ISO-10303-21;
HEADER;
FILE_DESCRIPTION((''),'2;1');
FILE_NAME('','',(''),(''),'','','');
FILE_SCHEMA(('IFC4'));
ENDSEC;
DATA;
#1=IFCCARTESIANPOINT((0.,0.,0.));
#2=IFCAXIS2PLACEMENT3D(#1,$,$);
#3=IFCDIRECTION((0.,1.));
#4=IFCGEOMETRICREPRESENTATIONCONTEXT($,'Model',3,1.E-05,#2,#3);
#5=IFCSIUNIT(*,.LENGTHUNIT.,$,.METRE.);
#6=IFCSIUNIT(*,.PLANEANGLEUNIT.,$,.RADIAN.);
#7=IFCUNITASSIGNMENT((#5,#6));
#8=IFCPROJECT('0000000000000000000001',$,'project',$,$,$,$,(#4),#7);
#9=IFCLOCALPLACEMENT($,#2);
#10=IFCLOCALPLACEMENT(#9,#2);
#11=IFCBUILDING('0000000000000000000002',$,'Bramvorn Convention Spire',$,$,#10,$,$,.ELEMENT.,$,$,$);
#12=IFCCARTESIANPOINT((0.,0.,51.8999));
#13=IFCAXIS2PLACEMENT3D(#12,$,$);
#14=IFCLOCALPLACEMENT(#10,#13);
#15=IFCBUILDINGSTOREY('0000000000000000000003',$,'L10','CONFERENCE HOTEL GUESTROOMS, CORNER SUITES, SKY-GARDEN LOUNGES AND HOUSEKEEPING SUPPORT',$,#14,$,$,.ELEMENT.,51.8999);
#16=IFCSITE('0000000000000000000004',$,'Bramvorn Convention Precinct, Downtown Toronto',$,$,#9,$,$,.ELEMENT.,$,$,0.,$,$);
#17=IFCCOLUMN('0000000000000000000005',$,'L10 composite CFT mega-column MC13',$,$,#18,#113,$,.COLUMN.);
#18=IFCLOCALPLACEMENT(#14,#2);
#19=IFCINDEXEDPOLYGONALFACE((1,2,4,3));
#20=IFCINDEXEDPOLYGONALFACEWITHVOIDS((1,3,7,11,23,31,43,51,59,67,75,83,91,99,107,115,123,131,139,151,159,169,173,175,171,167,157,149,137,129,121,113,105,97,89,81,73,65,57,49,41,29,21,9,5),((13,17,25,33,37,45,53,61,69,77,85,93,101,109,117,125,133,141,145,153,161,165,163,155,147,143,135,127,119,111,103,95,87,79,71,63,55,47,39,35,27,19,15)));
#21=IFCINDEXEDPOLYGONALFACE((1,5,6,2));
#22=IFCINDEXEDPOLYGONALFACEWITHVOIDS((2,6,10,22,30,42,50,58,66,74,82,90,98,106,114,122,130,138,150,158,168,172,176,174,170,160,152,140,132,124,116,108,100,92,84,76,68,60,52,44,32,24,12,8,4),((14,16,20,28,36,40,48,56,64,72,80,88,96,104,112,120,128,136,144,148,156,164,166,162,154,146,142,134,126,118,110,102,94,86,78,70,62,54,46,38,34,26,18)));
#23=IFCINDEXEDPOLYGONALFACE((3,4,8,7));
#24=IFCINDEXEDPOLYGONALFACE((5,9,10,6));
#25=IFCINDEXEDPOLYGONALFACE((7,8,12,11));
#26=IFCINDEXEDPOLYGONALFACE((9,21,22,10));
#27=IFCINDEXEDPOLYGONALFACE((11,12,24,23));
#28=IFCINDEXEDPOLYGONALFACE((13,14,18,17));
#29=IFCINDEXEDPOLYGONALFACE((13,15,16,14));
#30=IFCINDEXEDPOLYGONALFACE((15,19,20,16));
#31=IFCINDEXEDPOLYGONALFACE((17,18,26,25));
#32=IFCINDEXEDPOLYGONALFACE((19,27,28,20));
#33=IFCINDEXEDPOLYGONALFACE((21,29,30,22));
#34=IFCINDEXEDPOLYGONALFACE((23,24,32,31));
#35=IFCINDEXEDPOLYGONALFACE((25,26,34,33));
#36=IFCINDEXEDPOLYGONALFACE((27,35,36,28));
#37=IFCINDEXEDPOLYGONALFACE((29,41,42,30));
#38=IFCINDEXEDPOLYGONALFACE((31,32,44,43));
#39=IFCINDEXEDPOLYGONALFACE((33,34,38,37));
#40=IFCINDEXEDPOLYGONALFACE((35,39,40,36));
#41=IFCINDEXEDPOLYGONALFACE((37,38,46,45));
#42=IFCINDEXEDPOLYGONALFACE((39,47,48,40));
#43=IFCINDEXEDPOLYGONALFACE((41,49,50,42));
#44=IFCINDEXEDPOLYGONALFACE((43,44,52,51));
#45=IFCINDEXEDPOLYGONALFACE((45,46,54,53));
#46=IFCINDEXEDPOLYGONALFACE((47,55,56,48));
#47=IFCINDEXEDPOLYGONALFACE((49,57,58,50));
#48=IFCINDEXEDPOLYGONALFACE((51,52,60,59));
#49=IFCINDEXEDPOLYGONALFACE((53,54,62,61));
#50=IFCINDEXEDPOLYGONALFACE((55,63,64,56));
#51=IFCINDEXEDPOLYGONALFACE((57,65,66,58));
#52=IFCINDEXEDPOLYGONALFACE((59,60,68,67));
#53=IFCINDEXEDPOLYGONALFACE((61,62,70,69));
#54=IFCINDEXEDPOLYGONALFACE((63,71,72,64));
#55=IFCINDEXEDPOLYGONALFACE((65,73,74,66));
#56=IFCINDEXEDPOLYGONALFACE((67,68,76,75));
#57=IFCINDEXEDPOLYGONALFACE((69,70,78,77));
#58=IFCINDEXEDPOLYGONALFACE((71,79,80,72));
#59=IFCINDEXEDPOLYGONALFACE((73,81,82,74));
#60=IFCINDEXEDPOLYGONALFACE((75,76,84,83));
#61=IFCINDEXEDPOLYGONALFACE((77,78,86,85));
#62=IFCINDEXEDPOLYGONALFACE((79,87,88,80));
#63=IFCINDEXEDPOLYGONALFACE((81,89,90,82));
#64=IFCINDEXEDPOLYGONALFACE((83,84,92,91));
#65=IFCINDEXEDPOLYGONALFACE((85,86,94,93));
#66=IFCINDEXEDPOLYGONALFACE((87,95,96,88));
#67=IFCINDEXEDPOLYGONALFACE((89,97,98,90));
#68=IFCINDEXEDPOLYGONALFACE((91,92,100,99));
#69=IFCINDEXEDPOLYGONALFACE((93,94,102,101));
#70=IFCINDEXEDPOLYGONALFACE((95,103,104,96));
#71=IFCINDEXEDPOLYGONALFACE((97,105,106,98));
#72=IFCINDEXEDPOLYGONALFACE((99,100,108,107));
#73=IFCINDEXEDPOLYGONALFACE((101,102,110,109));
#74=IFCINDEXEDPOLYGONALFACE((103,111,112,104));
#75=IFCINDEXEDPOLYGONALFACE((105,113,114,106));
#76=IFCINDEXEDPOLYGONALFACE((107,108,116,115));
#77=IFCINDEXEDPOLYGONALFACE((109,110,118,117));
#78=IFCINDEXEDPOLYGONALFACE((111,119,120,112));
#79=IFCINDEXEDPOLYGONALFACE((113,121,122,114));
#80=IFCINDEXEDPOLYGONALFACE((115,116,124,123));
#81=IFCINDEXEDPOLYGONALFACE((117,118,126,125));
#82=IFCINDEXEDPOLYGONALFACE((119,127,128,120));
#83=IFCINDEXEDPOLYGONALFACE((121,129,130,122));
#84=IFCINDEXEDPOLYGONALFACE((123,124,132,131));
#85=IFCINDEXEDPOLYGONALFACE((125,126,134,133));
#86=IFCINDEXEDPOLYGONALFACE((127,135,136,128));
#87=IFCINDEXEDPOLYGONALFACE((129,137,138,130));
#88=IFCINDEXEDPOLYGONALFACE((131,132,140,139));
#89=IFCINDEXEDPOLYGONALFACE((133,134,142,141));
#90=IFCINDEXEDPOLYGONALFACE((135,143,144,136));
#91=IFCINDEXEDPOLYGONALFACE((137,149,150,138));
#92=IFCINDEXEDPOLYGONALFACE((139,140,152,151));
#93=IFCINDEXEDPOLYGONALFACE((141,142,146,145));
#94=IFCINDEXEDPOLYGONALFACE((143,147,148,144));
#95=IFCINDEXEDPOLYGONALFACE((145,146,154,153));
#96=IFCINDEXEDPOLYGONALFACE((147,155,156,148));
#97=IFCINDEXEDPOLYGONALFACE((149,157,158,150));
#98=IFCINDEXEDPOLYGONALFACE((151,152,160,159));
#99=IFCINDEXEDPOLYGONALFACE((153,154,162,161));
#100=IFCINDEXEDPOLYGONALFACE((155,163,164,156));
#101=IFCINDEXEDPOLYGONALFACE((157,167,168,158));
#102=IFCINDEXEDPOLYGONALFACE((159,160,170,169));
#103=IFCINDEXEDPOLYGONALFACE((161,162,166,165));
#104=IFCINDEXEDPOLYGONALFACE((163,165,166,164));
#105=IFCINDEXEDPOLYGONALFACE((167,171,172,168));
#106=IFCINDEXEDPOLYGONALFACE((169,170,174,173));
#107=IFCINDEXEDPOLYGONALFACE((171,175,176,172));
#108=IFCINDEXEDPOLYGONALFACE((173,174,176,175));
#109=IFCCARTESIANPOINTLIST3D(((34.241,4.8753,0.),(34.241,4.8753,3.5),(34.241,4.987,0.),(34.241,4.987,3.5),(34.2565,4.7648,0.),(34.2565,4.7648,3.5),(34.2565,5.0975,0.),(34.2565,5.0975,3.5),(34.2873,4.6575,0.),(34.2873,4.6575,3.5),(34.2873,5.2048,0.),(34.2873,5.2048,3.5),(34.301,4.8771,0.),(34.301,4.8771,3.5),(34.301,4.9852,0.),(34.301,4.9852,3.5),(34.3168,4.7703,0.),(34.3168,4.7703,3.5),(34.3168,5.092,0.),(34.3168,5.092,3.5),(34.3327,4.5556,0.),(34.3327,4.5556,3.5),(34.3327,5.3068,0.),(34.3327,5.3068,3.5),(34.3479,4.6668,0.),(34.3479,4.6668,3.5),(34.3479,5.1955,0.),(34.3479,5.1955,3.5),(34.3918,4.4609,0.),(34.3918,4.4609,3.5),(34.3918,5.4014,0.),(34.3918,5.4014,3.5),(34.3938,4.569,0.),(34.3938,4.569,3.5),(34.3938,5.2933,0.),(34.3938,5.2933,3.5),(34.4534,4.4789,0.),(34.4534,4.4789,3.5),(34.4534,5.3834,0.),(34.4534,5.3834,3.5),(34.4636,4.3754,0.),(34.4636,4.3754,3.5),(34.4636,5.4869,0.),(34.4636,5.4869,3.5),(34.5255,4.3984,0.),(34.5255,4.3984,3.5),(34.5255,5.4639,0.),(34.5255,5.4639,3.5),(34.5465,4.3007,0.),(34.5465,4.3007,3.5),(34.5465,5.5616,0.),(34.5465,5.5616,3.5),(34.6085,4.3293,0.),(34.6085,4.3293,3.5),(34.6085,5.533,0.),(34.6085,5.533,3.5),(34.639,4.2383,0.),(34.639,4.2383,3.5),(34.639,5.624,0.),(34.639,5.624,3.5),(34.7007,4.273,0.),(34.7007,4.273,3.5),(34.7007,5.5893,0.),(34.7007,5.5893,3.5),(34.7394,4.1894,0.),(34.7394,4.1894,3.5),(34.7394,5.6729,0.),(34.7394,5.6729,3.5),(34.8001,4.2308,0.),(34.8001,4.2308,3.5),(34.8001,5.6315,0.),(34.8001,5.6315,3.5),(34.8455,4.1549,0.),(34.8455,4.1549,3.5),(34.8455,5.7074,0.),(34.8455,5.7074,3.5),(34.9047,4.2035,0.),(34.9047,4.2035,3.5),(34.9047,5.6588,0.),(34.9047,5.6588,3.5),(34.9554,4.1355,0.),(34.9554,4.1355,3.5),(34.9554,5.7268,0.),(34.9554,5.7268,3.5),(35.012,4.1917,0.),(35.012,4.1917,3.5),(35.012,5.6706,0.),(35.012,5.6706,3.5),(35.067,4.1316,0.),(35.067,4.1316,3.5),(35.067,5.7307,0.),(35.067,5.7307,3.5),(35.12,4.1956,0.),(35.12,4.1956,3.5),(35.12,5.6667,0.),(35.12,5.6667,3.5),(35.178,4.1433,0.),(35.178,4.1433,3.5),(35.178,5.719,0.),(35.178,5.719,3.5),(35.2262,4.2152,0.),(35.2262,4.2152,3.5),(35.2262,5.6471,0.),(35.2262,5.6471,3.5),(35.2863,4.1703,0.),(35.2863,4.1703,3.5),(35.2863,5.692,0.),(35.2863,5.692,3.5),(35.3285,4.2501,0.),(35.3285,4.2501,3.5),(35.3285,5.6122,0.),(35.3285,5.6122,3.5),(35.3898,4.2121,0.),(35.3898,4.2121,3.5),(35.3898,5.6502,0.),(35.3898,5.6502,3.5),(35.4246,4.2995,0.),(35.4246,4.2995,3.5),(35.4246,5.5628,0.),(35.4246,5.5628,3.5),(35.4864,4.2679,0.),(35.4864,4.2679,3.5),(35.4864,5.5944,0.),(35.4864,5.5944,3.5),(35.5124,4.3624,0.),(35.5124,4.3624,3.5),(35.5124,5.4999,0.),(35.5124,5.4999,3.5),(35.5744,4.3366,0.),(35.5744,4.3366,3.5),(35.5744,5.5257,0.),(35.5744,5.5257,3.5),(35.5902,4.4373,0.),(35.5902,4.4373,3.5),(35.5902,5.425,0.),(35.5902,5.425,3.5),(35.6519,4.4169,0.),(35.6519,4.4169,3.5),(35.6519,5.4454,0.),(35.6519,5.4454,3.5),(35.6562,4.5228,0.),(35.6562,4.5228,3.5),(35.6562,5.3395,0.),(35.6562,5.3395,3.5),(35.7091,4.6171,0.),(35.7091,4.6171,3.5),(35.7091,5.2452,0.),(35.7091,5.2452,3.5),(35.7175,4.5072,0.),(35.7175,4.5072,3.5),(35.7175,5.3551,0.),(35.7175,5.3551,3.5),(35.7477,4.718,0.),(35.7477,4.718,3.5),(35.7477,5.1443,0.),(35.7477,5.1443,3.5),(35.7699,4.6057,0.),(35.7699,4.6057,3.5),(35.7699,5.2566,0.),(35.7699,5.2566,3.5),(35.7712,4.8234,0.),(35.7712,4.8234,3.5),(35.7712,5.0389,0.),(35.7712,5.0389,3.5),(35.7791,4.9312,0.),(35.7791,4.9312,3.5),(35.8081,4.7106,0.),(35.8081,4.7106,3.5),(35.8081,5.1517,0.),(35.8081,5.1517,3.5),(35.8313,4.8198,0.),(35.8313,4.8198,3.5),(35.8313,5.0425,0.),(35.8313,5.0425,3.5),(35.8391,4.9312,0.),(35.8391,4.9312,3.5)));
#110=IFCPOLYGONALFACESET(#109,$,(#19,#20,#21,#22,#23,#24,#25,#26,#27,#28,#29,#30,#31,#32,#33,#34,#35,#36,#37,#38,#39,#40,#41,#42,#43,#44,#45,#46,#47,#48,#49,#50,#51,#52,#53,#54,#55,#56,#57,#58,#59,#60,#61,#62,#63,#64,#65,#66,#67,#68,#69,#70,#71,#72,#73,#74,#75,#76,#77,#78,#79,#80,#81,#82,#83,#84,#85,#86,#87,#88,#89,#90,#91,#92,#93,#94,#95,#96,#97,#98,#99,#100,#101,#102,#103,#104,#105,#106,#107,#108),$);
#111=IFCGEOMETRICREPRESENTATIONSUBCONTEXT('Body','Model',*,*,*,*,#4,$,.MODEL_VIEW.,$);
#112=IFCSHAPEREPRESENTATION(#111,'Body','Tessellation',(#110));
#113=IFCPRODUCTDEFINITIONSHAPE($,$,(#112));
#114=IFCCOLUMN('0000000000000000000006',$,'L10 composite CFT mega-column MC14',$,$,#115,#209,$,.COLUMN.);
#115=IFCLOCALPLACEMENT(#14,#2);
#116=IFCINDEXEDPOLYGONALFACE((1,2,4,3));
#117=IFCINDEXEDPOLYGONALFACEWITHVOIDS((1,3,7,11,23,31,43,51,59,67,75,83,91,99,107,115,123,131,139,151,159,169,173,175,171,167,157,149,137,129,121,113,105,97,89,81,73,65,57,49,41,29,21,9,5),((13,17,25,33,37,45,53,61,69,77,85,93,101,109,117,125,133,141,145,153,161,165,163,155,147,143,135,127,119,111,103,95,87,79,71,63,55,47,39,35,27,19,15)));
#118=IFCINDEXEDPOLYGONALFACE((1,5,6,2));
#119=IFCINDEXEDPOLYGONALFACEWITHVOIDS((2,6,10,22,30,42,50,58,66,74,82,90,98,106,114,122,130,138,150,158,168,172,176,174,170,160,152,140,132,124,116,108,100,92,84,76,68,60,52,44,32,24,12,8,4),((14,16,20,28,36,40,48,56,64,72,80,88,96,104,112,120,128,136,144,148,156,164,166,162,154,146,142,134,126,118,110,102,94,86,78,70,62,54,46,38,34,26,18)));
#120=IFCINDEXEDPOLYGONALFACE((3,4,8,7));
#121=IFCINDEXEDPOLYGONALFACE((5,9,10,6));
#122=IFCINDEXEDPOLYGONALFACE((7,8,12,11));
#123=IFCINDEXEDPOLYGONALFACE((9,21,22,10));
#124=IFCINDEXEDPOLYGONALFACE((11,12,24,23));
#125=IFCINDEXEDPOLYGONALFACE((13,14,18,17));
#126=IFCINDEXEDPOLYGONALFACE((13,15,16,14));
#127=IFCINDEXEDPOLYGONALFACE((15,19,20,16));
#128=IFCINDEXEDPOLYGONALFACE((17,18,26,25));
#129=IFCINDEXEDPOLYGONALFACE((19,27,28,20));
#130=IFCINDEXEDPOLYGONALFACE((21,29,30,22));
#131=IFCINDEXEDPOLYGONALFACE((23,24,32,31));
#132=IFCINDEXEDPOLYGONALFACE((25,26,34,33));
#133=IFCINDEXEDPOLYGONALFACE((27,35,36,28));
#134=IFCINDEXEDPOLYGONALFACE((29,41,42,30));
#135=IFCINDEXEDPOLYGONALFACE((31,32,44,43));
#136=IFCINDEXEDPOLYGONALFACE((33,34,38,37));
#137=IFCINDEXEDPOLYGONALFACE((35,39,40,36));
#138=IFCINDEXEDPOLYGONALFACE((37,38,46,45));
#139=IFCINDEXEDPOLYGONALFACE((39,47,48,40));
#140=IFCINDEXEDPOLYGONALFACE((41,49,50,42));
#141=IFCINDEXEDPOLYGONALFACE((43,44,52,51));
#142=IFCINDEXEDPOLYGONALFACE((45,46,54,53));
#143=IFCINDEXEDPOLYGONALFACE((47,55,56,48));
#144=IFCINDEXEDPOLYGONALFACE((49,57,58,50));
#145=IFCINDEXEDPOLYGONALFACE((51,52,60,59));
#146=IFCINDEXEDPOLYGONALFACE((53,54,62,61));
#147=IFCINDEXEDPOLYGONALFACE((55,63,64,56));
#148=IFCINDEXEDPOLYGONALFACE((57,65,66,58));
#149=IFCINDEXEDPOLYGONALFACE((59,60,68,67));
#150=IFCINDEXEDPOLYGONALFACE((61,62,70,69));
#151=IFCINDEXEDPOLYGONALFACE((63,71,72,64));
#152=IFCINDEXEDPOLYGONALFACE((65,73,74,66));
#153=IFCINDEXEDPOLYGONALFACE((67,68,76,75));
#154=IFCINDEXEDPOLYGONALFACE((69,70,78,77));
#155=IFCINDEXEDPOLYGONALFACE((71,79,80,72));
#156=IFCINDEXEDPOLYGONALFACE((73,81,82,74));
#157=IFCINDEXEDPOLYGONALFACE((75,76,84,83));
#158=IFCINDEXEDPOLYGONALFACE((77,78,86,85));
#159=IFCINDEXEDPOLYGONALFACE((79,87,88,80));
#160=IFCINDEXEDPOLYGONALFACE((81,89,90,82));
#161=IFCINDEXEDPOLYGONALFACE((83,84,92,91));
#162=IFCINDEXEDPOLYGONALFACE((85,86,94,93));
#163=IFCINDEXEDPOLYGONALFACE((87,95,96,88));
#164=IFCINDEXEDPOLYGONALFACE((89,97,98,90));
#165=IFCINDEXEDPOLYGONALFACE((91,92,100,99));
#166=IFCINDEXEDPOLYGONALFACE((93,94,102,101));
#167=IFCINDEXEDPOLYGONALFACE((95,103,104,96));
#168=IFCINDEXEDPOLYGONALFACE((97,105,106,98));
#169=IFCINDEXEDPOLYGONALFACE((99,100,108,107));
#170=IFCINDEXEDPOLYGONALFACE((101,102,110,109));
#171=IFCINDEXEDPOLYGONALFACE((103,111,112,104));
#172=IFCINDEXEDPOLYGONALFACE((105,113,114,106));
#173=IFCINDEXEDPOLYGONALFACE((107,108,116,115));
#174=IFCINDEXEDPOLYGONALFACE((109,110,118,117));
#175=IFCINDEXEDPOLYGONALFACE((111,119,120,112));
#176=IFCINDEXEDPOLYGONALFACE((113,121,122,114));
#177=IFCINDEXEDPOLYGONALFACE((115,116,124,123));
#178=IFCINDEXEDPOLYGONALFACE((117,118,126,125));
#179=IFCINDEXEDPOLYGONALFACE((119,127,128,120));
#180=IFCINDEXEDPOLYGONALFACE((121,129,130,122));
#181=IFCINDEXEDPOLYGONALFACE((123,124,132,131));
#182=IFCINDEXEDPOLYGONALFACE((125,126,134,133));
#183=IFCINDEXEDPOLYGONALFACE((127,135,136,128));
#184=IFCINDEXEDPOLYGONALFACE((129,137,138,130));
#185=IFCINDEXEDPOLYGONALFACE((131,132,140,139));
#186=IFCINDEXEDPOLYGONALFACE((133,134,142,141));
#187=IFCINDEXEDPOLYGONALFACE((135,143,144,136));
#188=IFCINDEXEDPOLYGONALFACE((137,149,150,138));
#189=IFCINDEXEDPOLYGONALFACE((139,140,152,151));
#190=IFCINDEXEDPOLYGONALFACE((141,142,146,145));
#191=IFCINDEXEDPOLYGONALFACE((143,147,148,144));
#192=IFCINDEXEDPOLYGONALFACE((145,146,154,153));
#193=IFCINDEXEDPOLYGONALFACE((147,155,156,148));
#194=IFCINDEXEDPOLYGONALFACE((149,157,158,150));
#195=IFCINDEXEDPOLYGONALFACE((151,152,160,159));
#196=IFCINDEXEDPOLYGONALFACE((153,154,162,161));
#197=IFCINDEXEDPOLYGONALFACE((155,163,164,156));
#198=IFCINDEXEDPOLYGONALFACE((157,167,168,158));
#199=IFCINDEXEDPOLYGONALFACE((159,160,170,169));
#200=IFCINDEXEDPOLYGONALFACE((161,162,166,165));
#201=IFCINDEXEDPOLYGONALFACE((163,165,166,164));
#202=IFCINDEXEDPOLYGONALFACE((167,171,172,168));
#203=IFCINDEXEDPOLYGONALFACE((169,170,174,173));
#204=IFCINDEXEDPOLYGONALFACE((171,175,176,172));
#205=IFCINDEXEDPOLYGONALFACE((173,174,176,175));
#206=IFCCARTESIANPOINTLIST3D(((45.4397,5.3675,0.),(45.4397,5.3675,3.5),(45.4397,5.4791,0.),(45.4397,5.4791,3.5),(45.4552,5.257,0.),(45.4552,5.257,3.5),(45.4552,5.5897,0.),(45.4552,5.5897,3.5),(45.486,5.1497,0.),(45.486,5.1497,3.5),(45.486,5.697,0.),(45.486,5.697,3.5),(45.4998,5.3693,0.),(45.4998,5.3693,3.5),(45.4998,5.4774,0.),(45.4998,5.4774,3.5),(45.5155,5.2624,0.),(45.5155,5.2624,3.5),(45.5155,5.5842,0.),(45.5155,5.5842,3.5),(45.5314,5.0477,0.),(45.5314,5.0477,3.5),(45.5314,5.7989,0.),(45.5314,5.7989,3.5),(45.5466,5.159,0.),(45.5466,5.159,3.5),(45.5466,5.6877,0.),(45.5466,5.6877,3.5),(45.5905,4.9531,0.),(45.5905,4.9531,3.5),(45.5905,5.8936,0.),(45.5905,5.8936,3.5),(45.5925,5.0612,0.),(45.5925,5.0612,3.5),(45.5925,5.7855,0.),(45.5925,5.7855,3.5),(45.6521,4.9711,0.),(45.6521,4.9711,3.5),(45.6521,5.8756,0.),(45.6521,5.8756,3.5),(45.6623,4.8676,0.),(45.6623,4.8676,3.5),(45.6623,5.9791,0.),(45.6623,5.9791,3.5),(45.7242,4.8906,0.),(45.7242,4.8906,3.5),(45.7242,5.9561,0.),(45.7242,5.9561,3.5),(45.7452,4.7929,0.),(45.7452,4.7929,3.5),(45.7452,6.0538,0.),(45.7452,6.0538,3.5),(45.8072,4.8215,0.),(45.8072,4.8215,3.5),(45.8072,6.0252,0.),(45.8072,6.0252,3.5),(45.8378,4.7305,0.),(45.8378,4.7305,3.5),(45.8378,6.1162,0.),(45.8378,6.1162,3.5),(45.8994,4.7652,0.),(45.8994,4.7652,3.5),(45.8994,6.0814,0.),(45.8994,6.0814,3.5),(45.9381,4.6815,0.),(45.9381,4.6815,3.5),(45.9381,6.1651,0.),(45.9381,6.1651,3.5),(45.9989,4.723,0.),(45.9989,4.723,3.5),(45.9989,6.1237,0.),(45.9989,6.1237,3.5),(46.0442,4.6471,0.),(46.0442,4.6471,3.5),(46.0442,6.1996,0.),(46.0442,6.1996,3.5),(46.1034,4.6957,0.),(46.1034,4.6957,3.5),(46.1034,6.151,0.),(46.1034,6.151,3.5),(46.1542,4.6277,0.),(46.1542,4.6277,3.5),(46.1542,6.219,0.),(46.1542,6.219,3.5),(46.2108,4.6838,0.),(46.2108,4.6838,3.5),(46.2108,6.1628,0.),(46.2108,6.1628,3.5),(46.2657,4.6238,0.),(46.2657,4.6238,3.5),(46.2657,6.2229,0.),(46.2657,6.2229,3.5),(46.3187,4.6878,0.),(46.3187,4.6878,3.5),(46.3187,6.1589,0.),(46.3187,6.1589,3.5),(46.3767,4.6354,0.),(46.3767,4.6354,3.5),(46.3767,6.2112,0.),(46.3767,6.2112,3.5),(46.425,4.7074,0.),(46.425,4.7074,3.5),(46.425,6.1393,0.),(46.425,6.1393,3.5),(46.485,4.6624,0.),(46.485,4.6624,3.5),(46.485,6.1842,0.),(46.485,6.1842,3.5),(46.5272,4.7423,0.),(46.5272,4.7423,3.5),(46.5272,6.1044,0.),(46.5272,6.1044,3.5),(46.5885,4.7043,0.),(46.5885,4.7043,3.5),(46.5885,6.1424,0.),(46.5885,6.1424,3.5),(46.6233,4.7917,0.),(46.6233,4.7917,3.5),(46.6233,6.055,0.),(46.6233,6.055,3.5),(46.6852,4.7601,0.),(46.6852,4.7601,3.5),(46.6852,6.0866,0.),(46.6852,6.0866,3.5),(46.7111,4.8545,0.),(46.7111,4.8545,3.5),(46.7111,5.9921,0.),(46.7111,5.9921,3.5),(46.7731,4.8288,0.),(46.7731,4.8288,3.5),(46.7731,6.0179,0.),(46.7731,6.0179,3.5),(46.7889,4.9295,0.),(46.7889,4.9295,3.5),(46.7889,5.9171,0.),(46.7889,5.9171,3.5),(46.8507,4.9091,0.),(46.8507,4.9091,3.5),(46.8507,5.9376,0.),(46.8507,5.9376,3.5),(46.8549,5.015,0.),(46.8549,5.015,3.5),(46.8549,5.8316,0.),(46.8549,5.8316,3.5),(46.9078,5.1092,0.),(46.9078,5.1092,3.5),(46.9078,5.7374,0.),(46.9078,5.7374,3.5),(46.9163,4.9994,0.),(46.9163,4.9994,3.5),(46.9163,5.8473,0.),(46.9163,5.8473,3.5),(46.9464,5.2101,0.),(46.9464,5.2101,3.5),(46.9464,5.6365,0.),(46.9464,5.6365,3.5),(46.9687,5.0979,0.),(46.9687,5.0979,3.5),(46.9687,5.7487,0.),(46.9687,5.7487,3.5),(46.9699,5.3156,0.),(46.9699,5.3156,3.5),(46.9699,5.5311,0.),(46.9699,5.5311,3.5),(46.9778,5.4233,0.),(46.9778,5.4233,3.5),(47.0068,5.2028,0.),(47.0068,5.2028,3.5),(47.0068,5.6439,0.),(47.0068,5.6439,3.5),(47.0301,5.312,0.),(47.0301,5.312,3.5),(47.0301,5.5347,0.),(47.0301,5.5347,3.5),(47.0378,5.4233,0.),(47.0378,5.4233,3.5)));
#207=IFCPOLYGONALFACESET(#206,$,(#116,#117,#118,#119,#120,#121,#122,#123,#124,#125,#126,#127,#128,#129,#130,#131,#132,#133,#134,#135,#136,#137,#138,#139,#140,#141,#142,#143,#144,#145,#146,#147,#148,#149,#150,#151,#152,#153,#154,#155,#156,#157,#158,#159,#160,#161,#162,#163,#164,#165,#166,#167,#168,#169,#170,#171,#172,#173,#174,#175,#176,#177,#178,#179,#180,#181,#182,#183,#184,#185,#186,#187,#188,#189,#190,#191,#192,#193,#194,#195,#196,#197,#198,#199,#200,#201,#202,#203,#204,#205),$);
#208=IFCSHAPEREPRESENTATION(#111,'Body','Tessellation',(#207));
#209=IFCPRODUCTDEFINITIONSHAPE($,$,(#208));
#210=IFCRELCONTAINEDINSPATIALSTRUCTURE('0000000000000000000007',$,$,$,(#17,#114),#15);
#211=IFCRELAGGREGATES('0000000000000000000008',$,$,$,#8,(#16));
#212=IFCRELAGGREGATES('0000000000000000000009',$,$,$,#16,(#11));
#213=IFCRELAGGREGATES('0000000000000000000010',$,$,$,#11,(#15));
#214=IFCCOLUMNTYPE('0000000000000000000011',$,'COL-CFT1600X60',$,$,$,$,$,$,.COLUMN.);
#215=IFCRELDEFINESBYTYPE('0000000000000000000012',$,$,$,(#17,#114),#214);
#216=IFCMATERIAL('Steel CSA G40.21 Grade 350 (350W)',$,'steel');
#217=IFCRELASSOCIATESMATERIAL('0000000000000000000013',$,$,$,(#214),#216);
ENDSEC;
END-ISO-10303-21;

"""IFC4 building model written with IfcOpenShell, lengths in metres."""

from ifc_helpers import new_model, si_unit, direction, frame, origin, origin_2d, place, context, subcontext, project, spatial, hollow_circle, extrude, material, material_profile, profile_set, type_object, element, save


model = new_model("IFC4")

# Units and contexts
model_context = context("Model", 3, precision=1e-05, world=origin(), true_north=direction((0.0, 1.0)))
body_context = subcontext(model_context, "Body", "Model", "MODEL_VIEW")
ifc_project = project(units=[si_unit("LENGTHUNIT", "METRE"), si_unit("PLANEANGLEUNIT", "RADIAN")], contexts=[model_context])

# Site, building, storey
site_placement = place(None, origin())
site = spatial("IfcSite", under=ifc_project, at=site_placement, Name="Bramvorn Convention Precinct, Downtown Toronto", CompositionType="ELEMENT", RefElevation=0.0)
building_placement = place(site_placement, origin())
building = spatial("IfcBuilding", under=site, at=building_placement, Name="Bramvorn Convention Spire", CompositionType="ELEMENT")
storey_placement = place(building_placement, frame((0.0, 0.0, 51.8999)))
storey = spatial("IfcBuildingStorey", under=building, at=storey_placement, Name="L10", Description="CONFERENCE HOTEL GUESTROOMS, CORNER SUITES, SKY-GARDEN LOUNGES AND HOUSEKEEPING SUPPORT", CompositionType="ELEMENT", Elevation=51.8999)

# Columns
ifc_material_1 = material(Name="Steel CSA G40.21 Grade 350 (350W)", Category="steel")
ifc_material_profile_1 = material_profile(ifc_material_1, hollow_circle(Radius=0.8, WallThickness=0.0601, at=origin_2d()))
ifc_profile_set_1 = profile_set([ifc_material_profile_1], Name="Steel CSA G40.21 Grade 350 (350W) - CFT1600X60")
column_type = type_object("IfcColumnType", Name="COL-CFT1600X60", PredefinedType="COLUMN", material=ifc_profile_set_1)
for number, where, z_axis, x_axis, name in (
    (1, (35.0391, 4.9312, 0.0), (0.0, 0.0, 1.0), (1.0, 0.0, 0.0), "L10 composite CFT mega-column MC13"),
    (2, (46.2378, 5.4233, 0.0), (0.0, 0.0, 1.0), (1.0, 0.0, 0.0), "L10 composite CFT mega-column MC14"),
):
    element("IfcColumn", number, at=place(storey_placement, frame(where, z_axis=z_axis, x_axis=x_axis)), inside=storey, type_object=column_type, Name=name, PredefinedType="COLUMN", context=body_context, shape_type="SweptSolid", body=[
        extrude(hollow_circle(Radius=0.8, WallThickness=0.0601, at=origin_2d()), origin(), (0.0, 0.0, 1.0), 3.5),
    ])

save(model, "model.ifc")
